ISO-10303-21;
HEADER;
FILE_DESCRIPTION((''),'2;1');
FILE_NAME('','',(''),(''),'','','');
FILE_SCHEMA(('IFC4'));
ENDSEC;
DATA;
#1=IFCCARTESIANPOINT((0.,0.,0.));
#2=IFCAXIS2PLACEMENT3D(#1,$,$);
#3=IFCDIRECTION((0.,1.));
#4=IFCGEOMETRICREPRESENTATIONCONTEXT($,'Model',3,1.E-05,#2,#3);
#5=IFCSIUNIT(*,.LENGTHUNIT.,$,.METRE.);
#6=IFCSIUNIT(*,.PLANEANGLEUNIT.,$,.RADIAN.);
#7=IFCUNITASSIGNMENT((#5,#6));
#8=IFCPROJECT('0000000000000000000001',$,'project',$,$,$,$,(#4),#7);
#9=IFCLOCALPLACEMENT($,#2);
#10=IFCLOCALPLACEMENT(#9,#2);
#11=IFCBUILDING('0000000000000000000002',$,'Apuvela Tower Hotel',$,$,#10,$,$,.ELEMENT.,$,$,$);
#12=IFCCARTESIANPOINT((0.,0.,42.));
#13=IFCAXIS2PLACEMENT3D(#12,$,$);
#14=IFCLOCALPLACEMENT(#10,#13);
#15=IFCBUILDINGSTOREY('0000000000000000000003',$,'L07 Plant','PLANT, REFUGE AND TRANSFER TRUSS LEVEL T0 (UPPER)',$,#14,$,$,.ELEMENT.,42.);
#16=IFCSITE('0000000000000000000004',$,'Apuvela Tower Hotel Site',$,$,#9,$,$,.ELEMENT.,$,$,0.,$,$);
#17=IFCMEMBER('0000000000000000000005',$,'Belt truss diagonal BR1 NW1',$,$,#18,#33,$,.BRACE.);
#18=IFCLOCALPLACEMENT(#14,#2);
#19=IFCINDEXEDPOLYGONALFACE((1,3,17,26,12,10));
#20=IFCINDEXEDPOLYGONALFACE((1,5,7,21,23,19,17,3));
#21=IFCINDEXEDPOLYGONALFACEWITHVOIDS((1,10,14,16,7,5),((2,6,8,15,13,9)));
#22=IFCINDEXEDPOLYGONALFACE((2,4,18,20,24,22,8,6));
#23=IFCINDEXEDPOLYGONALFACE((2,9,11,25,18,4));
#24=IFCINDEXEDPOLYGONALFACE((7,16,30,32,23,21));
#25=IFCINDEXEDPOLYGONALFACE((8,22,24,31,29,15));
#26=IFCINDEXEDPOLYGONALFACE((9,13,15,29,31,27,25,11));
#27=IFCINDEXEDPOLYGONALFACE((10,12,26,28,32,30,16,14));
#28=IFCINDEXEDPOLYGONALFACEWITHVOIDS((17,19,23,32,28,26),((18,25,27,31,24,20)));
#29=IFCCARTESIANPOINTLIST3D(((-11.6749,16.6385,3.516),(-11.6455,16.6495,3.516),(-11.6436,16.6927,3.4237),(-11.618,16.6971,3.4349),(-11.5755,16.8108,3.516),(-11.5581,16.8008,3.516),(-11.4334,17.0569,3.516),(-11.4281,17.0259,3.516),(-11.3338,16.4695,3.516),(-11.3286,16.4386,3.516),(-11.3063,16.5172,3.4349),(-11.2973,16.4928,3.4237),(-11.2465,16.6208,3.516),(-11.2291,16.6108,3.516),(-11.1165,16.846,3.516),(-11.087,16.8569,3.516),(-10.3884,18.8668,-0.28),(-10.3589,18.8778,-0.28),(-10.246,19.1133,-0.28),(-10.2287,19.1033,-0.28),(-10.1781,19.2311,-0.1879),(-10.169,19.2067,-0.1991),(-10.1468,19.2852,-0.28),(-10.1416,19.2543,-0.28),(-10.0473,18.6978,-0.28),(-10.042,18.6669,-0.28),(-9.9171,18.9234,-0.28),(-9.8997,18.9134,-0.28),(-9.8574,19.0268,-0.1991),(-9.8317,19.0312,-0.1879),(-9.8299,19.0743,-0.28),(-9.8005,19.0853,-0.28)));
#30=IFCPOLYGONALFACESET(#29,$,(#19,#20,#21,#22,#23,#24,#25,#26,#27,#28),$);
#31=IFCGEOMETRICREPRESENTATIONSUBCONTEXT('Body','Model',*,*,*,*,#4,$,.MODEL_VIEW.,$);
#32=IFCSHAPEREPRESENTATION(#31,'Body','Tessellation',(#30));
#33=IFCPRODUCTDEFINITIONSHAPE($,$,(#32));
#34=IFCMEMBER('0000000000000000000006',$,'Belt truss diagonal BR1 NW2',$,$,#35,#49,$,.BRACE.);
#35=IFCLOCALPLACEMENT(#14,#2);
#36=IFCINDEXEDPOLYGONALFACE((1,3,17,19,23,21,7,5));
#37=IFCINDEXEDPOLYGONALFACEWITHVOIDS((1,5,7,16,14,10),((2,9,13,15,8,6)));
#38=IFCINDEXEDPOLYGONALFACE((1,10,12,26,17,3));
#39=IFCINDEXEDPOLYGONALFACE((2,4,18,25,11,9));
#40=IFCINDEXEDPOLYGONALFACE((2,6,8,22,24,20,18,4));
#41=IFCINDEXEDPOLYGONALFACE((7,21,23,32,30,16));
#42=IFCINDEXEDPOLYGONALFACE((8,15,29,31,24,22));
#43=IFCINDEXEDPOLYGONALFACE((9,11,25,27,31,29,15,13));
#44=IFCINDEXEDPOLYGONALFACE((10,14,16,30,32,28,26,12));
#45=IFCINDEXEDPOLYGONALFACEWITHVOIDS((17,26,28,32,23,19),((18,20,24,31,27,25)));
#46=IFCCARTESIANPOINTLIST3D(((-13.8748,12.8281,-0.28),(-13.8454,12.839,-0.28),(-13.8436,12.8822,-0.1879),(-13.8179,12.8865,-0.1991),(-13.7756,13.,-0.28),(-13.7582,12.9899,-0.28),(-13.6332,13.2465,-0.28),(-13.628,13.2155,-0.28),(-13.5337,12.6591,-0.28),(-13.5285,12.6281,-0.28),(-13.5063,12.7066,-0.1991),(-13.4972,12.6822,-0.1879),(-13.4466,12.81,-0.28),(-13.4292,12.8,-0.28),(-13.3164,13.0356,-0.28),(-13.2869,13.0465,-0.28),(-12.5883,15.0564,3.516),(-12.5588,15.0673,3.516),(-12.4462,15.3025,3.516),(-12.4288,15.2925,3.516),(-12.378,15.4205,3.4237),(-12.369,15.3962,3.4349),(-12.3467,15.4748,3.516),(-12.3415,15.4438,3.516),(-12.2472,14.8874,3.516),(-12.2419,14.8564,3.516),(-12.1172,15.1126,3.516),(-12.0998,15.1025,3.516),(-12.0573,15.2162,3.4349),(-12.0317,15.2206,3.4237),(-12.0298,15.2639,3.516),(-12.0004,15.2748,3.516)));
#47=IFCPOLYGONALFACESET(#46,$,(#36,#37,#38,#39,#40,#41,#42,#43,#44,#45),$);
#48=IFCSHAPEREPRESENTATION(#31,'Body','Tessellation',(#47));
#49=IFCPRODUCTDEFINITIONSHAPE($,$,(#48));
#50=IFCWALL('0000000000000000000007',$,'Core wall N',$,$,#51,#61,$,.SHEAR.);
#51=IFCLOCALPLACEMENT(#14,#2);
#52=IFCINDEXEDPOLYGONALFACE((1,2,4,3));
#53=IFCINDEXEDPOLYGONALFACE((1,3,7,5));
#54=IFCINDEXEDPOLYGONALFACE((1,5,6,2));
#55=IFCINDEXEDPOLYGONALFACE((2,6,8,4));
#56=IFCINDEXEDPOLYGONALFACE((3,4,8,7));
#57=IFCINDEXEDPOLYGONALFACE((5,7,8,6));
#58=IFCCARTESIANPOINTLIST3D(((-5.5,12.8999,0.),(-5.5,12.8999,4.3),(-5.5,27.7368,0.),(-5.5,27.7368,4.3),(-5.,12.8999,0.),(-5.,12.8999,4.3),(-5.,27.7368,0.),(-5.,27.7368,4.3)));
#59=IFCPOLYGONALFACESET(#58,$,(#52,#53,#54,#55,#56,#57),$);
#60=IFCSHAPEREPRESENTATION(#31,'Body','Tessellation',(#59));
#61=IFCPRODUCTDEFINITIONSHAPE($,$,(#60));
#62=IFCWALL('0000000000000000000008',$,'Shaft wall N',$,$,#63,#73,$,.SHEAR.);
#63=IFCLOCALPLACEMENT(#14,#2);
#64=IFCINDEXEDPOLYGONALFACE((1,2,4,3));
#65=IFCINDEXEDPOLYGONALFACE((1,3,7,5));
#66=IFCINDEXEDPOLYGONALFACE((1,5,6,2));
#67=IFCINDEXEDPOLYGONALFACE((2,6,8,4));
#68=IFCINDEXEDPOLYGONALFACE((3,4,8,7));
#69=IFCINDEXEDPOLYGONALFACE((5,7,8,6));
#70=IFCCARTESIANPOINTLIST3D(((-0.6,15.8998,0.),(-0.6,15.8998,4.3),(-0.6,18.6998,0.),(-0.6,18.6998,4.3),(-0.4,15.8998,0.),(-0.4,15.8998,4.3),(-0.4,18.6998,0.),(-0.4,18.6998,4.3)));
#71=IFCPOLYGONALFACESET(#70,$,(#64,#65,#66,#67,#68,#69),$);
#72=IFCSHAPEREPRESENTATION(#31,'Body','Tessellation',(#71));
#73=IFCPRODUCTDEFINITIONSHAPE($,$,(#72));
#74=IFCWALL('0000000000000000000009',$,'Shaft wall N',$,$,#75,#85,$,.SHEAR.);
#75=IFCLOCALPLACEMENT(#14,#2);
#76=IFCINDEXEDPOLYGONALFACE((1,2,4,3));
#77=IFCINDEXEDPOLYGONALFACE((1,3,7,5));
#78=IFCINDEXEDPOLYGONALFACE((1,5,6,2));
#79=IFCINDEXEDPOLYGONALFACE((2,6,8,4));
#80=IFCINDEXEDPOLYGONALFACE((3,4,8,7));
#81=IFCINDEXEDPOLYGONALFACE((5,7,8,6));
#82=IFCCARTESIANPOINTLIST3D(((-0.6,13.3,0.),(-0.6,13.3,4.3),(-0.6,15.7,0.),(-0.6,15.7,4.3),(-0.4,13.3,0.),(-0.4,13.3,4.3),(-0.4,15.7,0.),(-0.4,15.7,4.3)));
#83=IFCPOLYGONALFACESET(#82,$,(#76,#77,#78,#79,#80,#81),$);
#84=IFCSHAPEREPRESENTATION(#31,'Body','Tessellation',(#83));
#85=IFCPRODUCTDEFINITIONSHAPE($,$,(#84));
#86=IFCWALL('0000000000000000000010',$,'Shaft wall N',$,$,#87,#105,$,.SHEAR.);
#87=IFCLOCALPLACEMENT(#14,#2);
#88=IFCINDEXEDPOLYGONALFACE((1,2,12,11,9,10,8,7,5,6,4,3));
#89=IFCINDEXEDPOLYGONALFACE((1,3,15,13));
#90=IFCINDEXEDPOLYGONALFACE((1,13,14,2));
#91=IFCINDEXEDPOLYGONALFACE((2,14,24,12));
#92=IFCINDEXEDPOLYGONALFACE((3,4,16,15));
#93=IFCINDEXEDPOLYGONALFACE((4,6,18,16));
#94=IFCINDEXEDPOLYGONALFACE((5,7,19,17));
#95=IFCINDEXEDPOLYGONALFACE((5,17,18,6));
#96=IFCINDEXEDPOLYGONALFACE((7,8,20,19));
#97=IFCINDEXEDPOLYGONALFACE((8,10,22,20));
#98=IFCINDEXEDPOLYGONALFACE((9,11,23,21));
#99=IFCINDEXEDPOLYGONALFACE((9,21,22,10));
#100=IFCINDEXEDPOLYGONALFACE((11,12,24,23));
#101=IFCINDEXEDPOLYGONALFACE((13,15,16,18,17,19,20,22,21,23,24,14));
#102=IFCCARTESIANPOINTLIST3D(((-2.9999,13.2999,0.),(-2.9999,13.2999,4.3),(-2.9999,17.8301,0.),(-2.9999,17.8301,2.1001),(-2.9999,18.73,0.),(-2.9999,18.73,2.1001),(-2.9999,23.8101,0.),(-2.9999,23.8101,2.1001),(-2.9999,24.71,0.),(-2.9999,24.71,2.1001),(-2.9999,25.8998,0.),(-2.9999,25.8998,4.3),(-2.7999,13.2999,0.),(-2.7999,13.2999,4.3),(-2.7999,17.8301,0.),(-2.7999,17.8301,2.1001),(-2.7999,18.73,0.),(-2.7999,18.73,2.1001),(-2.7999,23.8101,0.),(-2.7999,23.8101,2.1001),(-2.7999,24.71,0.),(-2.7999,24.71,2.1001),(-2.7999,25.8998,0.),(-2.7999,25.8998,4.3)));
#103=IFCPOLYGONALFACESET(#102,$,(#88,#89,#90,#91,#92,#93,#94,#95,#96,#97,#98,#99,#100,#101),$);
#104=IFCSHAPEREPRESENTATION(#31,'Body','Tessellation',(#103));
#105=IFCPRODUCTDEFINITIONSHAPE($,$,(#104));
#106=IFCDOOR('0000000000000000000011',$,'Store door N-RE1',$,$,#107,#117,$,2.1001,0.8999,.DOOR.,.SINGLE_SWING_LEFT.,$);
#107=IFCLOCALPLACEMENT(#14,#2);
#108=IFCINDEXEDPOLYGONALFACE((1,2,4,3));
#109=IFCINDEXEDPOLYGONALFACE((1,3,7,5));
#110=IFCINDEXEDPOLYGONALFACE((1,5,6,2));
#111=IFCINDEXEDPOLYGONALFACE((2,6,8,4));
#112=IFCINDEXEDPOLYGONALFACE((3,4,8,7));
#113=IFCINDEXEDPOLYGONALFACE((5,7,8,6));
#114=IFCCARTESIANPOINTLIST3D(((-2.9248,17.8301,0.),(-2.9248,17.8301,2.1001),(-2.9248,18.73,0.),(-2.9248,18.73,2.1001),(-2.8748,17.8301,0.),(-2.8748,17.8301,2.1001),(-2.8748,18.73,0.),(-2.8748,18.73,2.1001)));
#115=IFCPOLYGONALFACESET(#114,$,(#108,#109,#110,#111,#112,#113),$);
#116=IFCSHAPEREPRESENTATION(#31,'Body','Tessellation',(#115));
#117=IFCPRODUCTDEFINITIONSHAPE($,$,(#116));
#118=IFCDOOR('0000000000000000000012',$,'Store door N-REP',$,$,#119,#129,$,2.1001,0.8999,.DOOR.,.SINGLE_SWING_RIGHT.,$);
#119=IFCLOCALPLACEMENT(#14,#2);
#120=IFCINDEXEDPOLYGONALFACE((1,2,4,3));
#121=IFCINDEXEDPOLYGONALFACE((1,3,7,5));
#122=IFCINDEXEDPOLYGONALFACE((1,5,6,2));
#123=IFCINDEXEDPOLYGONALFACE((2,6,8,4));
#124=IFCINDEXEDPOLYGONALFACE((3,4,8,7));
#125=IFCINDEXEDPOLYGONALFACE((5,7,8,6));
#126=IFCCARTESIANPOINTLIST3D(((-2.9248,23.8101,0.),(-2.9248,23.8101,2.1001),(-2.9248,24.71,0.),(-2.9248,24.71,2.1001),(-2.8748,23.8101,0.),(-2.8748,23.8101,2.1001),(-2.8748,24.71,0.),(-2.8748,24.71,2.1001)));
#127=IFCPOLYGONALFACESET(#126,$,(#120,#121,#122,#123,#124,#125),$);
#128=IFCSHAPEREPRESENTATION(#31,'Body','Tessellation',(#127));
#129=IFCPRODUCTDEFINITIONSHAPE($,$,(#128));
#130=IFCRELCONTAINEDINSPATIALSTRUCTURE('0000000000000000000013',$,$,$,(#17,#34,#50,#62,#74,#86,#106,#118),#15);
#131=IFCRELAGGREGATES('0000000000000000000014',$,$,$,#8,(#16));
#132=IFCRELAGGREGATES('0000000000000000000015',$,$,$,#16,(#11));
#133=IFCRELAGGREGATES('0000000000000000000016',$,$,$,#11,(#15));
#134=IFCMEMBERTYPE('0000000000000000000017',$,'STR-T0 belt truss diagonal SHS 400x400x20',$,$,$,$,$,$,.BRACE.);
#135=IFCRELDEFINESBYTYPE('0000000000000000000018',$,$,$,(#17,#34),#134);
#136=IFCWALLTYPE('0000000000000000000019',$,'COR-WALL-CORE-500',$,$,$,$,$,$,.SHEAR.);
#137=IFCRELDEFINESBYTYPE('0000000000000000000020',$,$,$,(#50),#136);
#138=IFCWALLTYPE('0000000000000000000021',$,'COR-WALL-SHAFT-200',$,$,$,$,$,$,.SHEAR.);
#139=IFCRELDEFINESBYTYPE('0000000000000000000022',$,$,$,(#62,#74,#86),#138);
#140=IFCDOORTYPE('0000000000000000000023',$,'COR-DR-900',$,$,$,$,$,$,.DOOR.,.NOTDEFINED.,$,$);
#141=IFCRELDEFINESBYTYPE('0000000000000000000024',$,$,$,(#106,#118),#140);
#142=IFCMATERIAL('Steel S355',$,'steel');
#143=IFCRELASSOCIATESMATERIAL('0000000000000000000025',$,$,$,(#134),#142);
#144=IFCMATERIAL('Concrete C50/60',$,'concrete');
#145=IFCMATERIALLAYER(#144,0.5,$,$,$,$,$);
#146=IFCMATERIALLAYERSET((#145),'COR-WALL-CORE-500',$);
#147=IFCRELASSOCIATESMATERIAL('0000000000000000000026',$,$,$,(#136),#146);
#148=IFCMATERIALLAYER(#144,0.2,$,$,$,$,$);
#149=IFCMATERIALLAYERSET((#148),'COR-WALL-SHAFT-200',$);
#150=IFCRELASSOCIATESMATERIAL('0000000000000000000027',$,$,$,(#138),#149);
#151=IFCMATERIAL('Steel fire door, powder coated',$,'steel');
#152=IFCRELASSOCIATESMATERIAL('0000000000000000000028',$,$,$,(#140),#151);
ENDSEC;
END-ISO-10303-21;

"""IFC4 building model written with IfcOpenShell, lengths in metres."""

from ifc_helpers import new_model, si_unit, direction, frame, frame_2d, origin, origin_2d, place, context, subcontext, project, spatial, rectangle, hollow_rectangle, extrude, boolean, halfspace, material, layer, layer_set, material_profile, profile_set, type_object, element, fill, save


model = new_model("IFC4")

# Units and contexts
model_context = context("Model", 3, precision=1e-05, world=origin(), true_north=direction((0.0, 1.0)))
body_context = subcontext(model_context, "Body", "Model", "MODEL_VIEW")
ifc_project = project(units=[si_unit("LENGTHUNIT", "METRE"), si_unit("PLANEANGLEUNIT", "RADIAN")], contexts=[model_context])

# Site, building, storey
site_placement = place(None, origin())
site = spatial("IfcSite", under=ifc_project, at=site_placement, Name="Apuvela Tower Hotel Site", CompositionType="ELEMENT", RefElevation=0.0)
building_placement = place(site_placement, origin())
building = spatial("IfcBuilding", under=site, at=building_placement, Name="Apuvela Tower Hotel", CompositionType="ELEMENT")
storey_placement = place(building_placement, frame((0.0, 0.0, 42.0)))
storey = spatial("IfcBuildingStorey", under=building, at=storey_placement, Name="L07 Plant", Description="PLANT, REFUGE AND TRANSFER TRUSS LEVEL T0 (UPPER)", CompositionType="ELEMENT", Elevation=42.0)

# Shared definitions
ifc_material_1 = material(Name="Steel S355", Category="steel")

# Members
ifc_material_profile_1 = material_profile(ifc_material_1, hollow_rectangle(XDim=0.3999, YDim=0.3999, WallThickness=0.02, at=origin_2d()), Name="SHS 400x400x20")
ifc_profile_set_1 = profile_set([ifc_material_profile_1], Name="Steel S355")
member_type = type_object("IfcMemberType", Name="STR-T0 belt truss diagonal SHS 400x400x20", PredefinedType="BRACE", material=ifc_profile_set_1)
member_1_placement = place(storey_placement, frame((-10.0876, 18.9878, -0.3), z_axis=(-0.280541, -0.485902, 0.827766), x_axis=(0.413889, 0.716863, 0.561073)))
solid_1 = boolean("DIFFERENCE", boolean("DIFFERENCE", extrude(hollow_rectangle(XDim=0.3999, YDim=0.3999, WallThickness=0.02, at=origin_2d()), frame((0.0, 0.0, -0.2556)), (0.0, 0.0, 1.0), 5.1453), halfspace(frame((0.0, 0.0, 0.0242), z_axis=(0.561073, 0.0, 0.827766), x_axis=(0.827766, 0.0, -0.561073)), True)), halfspace(frame((0.0, 0.0, 4.6101), z_axis=(0.561073, 0.0, 0.827766), x_axis=(0.827766, 0.0, -0.561073)), False))
element("IfcMember", 1, at=member_1_placement, inside=storey, type_object=member_type, Name="Belt truss diagonal BR1 NW1", PredefinedType="BRACE", context=body_context, shape_type="SweptSolid", body=[
    boolean("UNION", boolean("DIFFERENCE", boolean("DIFFERENCE", extrude(hollow_rectangle(XDim=0.3999, YDim=0.3999, WallThickness=0.02, at=origin_2d()), origin(), (0.0, 0.0, 1.0), 4.634), halfspace(frame((0.0, 0.0, 0.0242), z_axis=(0.561073, 0.0, 0.827766), x_axis=(0.827766, 0.0, -0.561073)), True)), halfspace(frame((0.0, 0.0, 4.6101), z_axis=(0.561073, 0.0, 0.827766), x_axis=(0.827766, 0.0, -0.561073)), False)), solid_1),
])
member_2_placement = place(storey_placement, frame((-13.5876, 12.9255, -0.3), z_axis=(0.280541, 0.485902, 0.827766), x_axis=(-0.413889, -0.716863, 0.561073)))
solid_2 = boolean("DIFFERENCE", boolean("DIFFERENCE", extrude(hollow_rectangle(XDim=0.3999, YDim=0.3999, WallThickness=0.02, at=origin_2d()), frame((0.0, 0.0, -0.2556)), (0.0, 0.0, 1.0), 5.1453), halfspace(frame((0.0, 0.0, 0.0242), z_axis=(0.561073, 0.0, 0.827766), x_axis=(0.827766, 0.0, -0.561073)), True)), halfspace(frame((0.0, 0.0, 4.6101), z_axis=(0.561073, 0.0, 0.827766), x_axis=(0.827766, 0.0, -0.561073)), False))
element("IfcMember", 2, at=member_2_placement, inside=storey, type_object=member_type, Name="Belt truss diagonal BR1 NW2", PredefinedType="BRACE", context=body_context, shape_type="SweptSolid", body=[
    boolean("UNION", boolean("DIFFERENCE", boolean("DIFFERENCE", extrude(hollow_rectangle(XDim=0.3999, YDim=0.3999, WallThickness=0.02, at=origin_2d()), origin(), (0.0, 0.0, 1.0), 4.634), halfspace(frame((0.0, 0.0, 0.0242), z_axis=(0.561073, 0.0, 0.827766), x_axis=(0.827766, 0.0, -0.561073)), True)), halfspace(frame((0.0, 0.0, 4.6101), z_axis=(0.561073, 0.0, 0.827766), x_axis=(0.827766, 0.0, -0.561073)), False)), solid_2),
])

# Walls
ifc_material_2 = material(Name="Concrete C50/60", Category="concrete")
ifc_layer_1 = layer(ifc_material_2, 0.5)
ifc_layer_set_1 = layer_set([ifc_layer_1], Name="COR-WALL-CORE-500")
wall_type_1 = type_object("IfcWallType", Name="COR-WALL-CORE-500", PredefinedType="SHEAR", material=ifc_layer_set_1)
wall_1_placement = place(storey_placement, frame((-5.25, 12.8999, 0.0), z_axis=(0.0, 0.0, 1.0), x_axis=(0.0, 1.0, 0.0)))
element("IfcWall", 3, at=wall_1_placement, inside=storey, type_object=wall_type_1, Name="Core wall N", PredefinedType="SHEAR", context=body_context, shape_type="SweptSolid", body=[
    extrude(rectangle(XDim=14.8369, YDim=0.5, at=frame_2d((7.4185, 0.0))), origin(), (0.0, 0.0, 1.0), 4.3),
])
ifc_layer_2 = layer(ifc_material_2, 0.2)
ifc_layer_set_2 = layer_set([ifc_layer_2], Name="COR-WALL-SHAFT-200")
wall_type_2 = type_object("IfcWallType", Name="COR-WALL-SHAFT-200", PredefinedType="SHEAR", material=ifc_layer_set_2)
wall_2_placement = place(storey_placement, frame((-0.5, 15.8999, 0.0), z_axis=(0.0, 0.0, 1.0), x_axis=(0.0, 1.0, 0.0)))
element("IfcWall", 4, at=wall_2_placement, inside=storey, type_object=wall_type_2, Name="Shaft wall N", PredefinedType="SHEAR", context=body_context, shape_type="SweptSolid", body=[
    extrude(rectangle(XDim=2.8, YDim=0.2, at=frame_2d((1.3999, 0.0))), origin(), (0.0, 0.0, 1.0), 4.3),
])
wall_3_placement = place(storey_placement, frame((-0.5, 13.3, 0.0), z_axis=(0.0, 0.0, 1.0), x_axis=(0.0, 1.0, 0.0)))
element("IfcWall", 5, at=wall_3_placement, inside=storey, type_object=wall_type_2, Name="Shaft wall N", PredefinedType="SHEAR", context=body_context, shape_type="SweptSolid", body=[
    extrude(rectangle(XDim=2.3999, YDim=0.2, at=frame_2d((1.2, 0.0))), origin(), (0.0, 0.0, 1.0), 4.3),
])

# Wall, openings, doors
wall_4_placement = place(storey_placement, frame((-2.8999, 13.3, 0.0), z_axis=(0.0, 0.0, 1.0), x_axis=(0.0, 1.0, 0.0)))
wall_4 = element("IfcWall", 6, at=wall_4_placement, inside=storey, type_object=wall_type_2, Name="Shaft wall N", PredefinedType="SHEAR", context=body_context, shape_type="SweptSolid", body=[
    extrude(rectangle(XDim=12.5999, YDim=0.2, at=frame_2d((6.2998, 0.0))), origin(), (0.0, 0.0, 1.0), 4.3),
])
opening_1_placement = place(wall_4_placement, frame((4.53, 0.0, 0.0)))
opening_1 = element("IfcOpeningElement", 7, at=opening_1_placement, cuts=wall_4, PredefinedType="OPENING", context=body_context, shape_type="SweptSolid", body=[
    extrude(rectangle(XDim=0.8999, YDim=2.1001, at=frame_2d((0.45, 1.05))), frame((0.0, 0.1099, 0.0), z_axis=(0.0, -1.0, 0.0), x_axis=(1.0, 0.0, 0.0)), (0.0, 0.0, 1.0), 0.22),
])
opening_2_placement = place(wall_4_placement, frame((10.51, 0.0, 0.0)))
opening_2 = element("IfcOpeningElement", 8, at=opening_2_placement, cuts=wall_4, PredefinedType="OPENING", context=body_context, shape_type="SweptSolid", body=[
    extrude(rectangle(XDim=0.8999, YDim=2.1001, at=frame_2d((0.45, 1.05))), frame((0.0, 0.1099, 0.0), z_axis=(0.0, -1.0, 0.0), x_axis=(1.0, 0.0, 0.0)), (0.0, 0.0, 1.0), 0.22),
])
ifc_material_3 = material(Name="Steel fire door, powder coated", Category="steel")
door_type_1 = type_object("IfcDoorType", Name="COR-DR-900", OperationType="NOTDEFINED", PredefinedType="DOOR", material=ifc_material_3)
door_1_placement = place(opening_1_placement, origin())
door_1 = element("IfcDoor", 9, at=door_1_placement, inside=storey, type_object=door_type_1, Name="Store door N-RE1", OperationType="SINGLE_SWING_LEFT", OverallHeight=2.1001, OverallWidth=0.8999, PredefinedType="DOOR", context=body_context, shape_type="SweptSolid", body=[
    extrude(rectangle(XDim=0.8999, YDim=2.1001, at=frame_2d((0.45, 1.05))), frame((0.0, 0.0249, 0.0), z_axis=(0.0, -1.0, 0.0), x_axis=(1.0, 0.0, 0.0)), (0.0, 0.0, 1.0), 0.05),
])
fill(opening_1, door_1)
door_2_placement = place(opening_2_placement, origin())
door_2 = element("IfcDoor", 10, at=door_2_placement, inside=storey, type_object=door_type_1, Name="Store door N-REP", OperationType="SINGLE_SWING_RIGHT", OverallHeight=2.1001, OverallWidth=0.8999, PredefinedType="DOOR", context=body_context, shape_type="SweptSolid", body=[
    extrude(rectangle(XDim=0.8999, YDim=2.1001, at=frame_2d((0.45, 1.05))), frame((0.0, 0.0249, 0.0), z_axis=(0.0, -1.0, 0.0), x_axis=(1.0, 0.0, 0.0)), (0.0, 0.0, 1.0), 0.05),
])
fill(opening_2, door_2)

save(model, "model.ifc")
